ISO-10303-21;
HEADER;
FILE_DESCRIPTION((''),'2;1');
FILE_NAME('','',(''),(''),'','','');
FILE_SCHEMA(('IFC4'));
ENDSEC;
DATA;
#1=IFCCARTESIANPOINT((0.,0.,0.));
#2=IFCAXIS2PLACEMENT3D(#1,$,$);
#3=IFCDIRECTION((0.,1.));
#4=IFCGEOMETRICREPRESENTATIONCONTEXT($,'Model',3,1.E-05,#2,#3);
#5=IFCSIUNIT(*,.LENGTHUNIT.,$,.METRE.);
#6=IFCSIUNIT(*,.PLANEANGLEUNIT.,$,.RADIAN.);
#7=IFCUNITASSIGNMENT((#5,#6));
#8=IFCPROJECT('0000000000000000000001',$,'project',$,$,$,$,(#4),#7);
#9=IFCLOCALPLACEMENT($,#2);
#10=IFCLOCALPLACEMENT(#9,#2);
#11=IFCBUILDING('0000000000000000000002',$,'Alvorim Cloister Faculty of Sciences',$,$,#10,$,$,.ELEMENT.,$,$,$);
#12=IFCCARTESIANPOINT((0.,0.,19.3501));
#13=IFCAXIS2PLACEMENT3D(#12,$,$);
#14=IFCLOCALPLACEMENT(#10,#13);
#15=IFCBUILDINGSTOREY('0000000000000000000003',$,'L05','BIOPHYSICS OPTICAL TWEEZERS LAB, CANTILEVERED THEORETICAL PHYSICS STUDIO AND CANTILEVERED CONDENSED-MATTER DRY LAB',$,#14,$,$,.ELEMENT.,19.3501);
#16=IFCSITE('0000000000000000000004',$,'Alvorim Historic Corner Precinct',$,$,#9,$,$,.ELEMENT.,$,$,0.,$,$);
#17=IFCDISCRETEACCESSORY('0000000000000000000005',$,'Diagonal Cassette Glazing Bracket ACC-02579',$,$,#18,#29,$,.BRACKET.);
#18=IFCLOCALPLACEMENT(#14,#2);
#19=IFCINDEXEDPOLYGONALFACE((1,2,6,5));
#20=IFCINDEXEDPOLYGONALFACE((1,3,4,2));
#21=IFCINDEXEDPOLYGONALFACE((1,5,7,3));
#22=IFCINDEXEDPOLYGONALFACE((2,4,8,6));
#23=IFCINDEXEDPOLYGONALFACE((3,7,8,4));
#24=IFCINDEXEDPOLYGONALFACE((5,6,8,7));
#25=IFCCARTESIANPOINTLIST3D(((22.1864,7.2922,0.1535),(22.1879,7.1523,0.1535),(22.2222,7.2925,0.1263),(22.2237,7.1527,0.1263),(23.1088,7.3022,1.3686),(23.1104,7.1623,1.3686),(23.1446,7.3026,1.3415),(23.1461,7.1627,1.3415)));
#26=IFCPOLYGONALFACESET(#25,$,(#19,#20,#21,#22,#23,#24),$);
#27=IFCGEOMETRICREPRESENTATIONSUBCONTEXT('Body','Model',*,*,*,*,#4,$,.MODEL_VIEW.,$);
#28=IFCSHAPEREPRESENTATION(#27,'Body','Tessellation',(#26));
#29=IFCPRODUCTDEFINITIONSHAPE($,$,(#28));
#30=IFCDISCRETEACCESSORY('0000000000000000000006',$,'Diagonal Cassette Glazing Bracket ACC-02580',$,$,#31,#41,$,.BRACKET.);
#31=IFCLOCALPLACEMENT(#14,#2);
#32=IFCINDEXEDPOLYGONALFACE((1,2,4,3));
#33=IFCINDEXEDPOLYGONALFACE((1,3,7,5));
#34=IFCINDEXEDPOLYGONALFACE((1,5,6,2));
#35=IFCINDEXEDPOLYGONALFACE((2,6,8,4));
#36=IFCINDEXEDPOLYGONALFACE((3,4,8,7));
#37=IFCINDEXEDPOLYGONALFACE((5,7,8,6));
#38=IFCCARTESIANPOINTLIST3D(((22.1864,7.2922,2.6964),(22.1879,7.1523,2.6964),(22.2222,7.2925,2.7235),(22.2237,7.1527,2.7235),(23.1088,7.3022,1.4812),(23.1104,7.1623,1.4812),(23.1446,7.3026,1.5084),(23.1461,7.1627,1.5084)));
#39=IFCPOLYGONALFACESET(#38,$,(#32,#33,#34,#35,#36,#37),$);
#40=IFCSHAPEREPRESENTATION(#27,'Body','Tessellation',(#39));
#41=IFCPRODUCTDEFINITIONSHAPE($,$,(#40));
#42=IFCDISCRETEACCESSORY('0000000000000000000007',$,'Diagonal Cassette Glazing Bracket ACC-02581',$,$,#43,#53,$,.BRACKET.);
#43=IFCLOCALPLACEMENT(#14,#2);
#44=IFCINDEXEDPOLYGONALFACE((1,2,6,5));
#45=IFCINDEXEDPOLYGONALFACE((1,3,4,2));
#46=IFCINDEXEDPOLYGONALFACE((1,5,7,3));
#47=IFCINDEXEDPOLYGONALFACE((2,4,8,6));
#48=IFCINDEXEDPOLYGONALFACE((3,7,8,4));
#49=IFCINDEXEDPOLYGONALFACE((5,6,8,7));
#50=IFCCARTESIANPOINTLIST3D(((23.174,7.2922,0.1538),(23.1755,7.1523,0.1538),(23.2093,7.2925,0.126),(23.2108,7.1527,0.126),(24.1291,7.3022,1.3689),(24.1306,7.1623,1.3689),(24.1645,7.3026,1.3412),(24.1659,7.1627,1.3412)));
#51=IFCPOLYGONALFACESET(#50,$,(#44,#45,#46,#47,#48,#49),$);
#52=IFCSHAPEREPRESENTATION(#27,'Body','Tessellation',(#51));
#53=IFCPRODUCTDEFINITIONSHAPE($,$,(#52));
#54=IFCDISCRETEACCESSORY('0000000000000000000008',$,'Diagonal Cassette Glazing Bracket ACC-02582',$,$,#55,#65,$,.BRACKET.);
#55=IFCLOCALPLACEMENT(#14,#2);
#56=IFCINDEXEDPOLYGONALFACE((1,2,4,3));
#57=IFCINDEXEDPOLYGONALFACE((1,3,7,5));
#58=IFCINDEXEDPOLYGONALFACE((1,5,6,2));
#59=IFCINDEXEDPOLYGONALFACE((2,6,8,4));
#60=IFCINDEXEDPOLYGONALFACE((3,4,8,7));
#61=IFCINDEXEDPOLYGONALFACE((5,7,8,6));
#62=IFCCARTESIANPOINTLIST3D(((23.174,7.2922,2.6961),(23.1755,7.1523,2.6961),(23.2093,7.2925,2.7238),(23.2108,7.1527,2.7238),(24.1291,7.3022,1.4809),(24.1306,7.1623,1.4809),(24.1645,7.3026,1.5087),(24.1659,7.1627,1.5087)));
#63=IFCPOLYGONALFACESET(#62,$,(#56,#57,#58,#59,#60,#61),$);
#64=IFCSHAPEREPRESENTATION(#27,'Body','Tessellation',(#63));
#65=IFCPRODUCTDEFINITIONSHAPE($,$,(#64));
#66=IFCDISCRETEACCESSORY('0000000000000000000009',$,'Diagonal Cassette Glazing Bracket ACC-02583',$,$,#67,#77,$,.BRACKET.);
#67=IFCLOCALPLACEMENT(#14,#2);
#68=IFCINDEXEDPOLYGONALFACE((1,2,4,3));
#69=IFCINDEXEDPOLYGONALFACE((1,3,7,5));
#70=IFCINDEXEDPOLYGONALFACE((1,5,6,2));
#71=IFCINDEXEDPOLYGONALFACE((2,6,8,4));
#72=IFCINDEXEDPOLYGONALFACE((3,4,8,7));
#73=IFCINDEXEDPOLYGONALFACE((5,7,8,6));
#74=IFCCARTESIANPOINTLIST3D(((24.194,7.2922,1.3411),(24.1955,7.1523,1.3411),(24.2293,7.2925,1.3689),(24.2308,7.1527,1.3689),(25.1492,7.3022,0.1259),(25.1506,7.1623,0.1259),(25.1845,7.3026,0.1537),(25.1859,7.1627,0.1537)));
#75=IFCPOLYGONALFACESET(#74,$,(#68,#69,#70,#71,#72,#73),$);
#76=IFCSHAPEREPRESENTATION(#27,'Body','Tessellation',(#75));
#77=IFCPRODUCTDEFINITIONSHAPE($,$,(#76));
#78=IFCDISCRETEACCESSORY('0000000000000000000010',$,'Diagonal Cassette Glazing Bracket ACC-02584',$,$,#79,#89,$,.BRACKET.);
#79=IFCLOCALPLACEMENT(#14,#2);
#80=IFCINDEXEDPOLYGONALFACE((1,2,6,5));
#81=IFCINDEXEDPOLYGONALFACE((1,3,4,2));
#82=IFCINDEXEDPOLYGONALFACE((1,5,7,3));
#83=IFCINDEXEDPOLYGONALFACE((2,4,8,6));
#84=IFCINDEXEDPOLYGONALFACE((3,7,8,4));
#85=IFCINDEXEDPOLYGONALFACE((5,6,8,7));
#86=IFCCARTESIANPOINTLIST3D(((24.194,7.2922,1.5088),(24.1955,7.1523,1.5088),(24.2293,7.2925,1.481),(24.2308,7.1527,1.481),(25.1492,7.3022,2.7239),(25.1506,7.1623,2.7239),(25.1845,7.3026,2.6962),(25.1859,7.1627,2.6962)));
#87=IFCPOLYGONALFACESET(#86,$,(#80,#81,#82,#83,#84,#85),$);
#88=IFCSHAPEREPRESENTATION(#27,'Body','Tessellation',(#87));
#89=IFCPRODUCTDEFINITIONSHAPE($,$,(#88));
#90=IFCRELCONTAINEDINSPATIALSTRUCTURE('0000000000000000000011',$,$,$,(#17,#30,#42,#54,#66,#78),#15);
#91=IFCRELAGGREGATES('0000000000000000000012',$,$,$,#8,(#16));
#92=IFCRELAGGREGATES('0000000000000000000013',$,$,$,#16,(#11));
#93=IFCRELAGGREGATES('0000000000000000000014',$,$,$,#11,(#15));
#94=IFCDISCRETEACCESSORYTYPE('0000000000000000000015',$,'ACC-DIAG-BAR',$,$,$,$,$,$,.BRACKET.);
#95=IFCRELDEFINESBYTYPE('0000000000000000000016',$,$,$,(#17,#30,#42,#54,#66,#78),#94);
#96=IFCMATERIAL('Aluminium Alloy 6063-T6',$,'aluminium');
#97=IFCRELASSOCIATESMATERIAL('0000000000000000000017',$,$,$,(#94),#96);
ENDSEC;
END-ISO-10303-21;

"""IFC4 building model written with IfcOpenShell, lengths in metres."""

from ifc_helpers import new_model, si_unit, direction, frame, origin, origin_2d, place, context, subcontext, project, spatial, rectangle, extrude, material, type_object, element, save


model = new_model("IFC4")

# Units and contexts
model_context = context("Model", 3, precision=1e-05, world=origin(), true_north=direction((0.0, 1.0)))
body_context = subcontext(model_context, "Body", "Model", "MODEL_VIEW")
ifc_project = project(units=[si_unit("LENGTHUNIT", "METRE"), si_unit("PLANEANGLEUNIT", "RADIAN")], contexts=[model_context])

# Site, building, storey
site_placement = place(None, origin())
site = spatial("IfcSite", under=ifc_project, at=site_placement, Name="Alvorim Historic Corner Precinct", CompositionType="ELEMENT", RefElevation=0.0)
building_placement = place(site_placement, origin())
building = spatial("IfcBuilding", under=site, at=building_placement, Name="Alvorim Cloister Faculty of Sciences", CompositionType="ELEMENT")
storey_placement = place(building_placement, frame((0.0, 0.0, 19.3501)))
storey = spatial("IfcBuildingStorey", under=building, at=storey_placement, Name="L05", Description="BIOPHYSICS OPTICAL TWEEZERS LAB, CANTILEVERED THEORETICAL PHYSICS STUDIO AND CANTILEVERED CONDENSED-MATTER DRY LAB", CompositionType="ELEMENT", Elevation=19.3501)

# Shared definitions
ifc_material_1 = material(Name="Aluminium Alloy 6063-T6", Category="aluminium")

# Discrete accessories
discrete_accessory_type = type_object("IfcDiscreteAccessoryType", Name="ACC-DIAG-BAR", PredefinedType="BRACKET", material=ifc_material_1)
for number, where, z_axis, x_axis, name in (
    (1, (22.2051, 7.2224, 0.1399), (0.604612, 0.006561, 0.796493), (-0.010852, 0.999941, 0.0), "Diagonal Cassette Glazing Bracket ACC-02579"),
    (2, (22.2051, 7.2224, 2.71), (0.604612, 0.006561, -0.796493), (-0.010852, 0.999941, 0.0), "Diagonal Cassette Glazing Bracket ACC-02580"),
):
    element("IfcDiscreteAccessory", number, at=place(storey_placement, frame(where, z_axis=z_axis, x_axis=x_axis)), inside=storey, type_object=discrete_accessory_type, Name=name, PredefinedType="BRACKET", context=body_context, shape_type="SweptSolid", body=[
        extrude(rectangle(XDim=0.1399, YDim=0.0449, at=origin_2d()), origin(), (0.0, 0.0, 1.0), 1.5256),
    ])
for number, where, z_axis, x_axis, name in (
    (3, (23.1924, 7.2224, 0.1399), (0.617955, 0.006477, 0.786187), (-0.01048, 0.999945, 0.0), "Diagonal Cassette Glazing Bracket ACC-02581"),
    (4, (23.1924, 7.2224, 2.71), (0.617955, 0.006477, -0.786187), (-0.01048, 0.999945, 0.0), "Diagonal Cassette Glazing Bracket ACC-02582"),
    (5, (24.2124, 7.2224, 1.355), (0.617955, 0.006477, -0.786187), (-0.01048, 0.999945, 0.0), "Diagonal Cassette Glazing Bracket ACC-02583"),
    (6, (24.2124, 7.2224, 1.4949), (0.617955, 0.006477, 0.786187), (-0.01048, 0.999945, 0.0), "Diagonal Cassette Glazing Bracket ACC-02584"),
):
    element("IfcDiscreteAccessory", number, at=place(storey_placement, frame(where, z_axis=z_axis, x_axis=x_axis)), inside=storey, type_object=discrete_accessory_type, Name=name, PredefinedType="BRACKET", context=body_context, shape_type="SweptSolid", body=[
        extrude(rectangle(XDim=0.1399, YDim=0.0449, at=origin_2d()), origin(), (0.0, 0.0, 1.0), 1.5457),
    ])

save(model, "model.ifc")
